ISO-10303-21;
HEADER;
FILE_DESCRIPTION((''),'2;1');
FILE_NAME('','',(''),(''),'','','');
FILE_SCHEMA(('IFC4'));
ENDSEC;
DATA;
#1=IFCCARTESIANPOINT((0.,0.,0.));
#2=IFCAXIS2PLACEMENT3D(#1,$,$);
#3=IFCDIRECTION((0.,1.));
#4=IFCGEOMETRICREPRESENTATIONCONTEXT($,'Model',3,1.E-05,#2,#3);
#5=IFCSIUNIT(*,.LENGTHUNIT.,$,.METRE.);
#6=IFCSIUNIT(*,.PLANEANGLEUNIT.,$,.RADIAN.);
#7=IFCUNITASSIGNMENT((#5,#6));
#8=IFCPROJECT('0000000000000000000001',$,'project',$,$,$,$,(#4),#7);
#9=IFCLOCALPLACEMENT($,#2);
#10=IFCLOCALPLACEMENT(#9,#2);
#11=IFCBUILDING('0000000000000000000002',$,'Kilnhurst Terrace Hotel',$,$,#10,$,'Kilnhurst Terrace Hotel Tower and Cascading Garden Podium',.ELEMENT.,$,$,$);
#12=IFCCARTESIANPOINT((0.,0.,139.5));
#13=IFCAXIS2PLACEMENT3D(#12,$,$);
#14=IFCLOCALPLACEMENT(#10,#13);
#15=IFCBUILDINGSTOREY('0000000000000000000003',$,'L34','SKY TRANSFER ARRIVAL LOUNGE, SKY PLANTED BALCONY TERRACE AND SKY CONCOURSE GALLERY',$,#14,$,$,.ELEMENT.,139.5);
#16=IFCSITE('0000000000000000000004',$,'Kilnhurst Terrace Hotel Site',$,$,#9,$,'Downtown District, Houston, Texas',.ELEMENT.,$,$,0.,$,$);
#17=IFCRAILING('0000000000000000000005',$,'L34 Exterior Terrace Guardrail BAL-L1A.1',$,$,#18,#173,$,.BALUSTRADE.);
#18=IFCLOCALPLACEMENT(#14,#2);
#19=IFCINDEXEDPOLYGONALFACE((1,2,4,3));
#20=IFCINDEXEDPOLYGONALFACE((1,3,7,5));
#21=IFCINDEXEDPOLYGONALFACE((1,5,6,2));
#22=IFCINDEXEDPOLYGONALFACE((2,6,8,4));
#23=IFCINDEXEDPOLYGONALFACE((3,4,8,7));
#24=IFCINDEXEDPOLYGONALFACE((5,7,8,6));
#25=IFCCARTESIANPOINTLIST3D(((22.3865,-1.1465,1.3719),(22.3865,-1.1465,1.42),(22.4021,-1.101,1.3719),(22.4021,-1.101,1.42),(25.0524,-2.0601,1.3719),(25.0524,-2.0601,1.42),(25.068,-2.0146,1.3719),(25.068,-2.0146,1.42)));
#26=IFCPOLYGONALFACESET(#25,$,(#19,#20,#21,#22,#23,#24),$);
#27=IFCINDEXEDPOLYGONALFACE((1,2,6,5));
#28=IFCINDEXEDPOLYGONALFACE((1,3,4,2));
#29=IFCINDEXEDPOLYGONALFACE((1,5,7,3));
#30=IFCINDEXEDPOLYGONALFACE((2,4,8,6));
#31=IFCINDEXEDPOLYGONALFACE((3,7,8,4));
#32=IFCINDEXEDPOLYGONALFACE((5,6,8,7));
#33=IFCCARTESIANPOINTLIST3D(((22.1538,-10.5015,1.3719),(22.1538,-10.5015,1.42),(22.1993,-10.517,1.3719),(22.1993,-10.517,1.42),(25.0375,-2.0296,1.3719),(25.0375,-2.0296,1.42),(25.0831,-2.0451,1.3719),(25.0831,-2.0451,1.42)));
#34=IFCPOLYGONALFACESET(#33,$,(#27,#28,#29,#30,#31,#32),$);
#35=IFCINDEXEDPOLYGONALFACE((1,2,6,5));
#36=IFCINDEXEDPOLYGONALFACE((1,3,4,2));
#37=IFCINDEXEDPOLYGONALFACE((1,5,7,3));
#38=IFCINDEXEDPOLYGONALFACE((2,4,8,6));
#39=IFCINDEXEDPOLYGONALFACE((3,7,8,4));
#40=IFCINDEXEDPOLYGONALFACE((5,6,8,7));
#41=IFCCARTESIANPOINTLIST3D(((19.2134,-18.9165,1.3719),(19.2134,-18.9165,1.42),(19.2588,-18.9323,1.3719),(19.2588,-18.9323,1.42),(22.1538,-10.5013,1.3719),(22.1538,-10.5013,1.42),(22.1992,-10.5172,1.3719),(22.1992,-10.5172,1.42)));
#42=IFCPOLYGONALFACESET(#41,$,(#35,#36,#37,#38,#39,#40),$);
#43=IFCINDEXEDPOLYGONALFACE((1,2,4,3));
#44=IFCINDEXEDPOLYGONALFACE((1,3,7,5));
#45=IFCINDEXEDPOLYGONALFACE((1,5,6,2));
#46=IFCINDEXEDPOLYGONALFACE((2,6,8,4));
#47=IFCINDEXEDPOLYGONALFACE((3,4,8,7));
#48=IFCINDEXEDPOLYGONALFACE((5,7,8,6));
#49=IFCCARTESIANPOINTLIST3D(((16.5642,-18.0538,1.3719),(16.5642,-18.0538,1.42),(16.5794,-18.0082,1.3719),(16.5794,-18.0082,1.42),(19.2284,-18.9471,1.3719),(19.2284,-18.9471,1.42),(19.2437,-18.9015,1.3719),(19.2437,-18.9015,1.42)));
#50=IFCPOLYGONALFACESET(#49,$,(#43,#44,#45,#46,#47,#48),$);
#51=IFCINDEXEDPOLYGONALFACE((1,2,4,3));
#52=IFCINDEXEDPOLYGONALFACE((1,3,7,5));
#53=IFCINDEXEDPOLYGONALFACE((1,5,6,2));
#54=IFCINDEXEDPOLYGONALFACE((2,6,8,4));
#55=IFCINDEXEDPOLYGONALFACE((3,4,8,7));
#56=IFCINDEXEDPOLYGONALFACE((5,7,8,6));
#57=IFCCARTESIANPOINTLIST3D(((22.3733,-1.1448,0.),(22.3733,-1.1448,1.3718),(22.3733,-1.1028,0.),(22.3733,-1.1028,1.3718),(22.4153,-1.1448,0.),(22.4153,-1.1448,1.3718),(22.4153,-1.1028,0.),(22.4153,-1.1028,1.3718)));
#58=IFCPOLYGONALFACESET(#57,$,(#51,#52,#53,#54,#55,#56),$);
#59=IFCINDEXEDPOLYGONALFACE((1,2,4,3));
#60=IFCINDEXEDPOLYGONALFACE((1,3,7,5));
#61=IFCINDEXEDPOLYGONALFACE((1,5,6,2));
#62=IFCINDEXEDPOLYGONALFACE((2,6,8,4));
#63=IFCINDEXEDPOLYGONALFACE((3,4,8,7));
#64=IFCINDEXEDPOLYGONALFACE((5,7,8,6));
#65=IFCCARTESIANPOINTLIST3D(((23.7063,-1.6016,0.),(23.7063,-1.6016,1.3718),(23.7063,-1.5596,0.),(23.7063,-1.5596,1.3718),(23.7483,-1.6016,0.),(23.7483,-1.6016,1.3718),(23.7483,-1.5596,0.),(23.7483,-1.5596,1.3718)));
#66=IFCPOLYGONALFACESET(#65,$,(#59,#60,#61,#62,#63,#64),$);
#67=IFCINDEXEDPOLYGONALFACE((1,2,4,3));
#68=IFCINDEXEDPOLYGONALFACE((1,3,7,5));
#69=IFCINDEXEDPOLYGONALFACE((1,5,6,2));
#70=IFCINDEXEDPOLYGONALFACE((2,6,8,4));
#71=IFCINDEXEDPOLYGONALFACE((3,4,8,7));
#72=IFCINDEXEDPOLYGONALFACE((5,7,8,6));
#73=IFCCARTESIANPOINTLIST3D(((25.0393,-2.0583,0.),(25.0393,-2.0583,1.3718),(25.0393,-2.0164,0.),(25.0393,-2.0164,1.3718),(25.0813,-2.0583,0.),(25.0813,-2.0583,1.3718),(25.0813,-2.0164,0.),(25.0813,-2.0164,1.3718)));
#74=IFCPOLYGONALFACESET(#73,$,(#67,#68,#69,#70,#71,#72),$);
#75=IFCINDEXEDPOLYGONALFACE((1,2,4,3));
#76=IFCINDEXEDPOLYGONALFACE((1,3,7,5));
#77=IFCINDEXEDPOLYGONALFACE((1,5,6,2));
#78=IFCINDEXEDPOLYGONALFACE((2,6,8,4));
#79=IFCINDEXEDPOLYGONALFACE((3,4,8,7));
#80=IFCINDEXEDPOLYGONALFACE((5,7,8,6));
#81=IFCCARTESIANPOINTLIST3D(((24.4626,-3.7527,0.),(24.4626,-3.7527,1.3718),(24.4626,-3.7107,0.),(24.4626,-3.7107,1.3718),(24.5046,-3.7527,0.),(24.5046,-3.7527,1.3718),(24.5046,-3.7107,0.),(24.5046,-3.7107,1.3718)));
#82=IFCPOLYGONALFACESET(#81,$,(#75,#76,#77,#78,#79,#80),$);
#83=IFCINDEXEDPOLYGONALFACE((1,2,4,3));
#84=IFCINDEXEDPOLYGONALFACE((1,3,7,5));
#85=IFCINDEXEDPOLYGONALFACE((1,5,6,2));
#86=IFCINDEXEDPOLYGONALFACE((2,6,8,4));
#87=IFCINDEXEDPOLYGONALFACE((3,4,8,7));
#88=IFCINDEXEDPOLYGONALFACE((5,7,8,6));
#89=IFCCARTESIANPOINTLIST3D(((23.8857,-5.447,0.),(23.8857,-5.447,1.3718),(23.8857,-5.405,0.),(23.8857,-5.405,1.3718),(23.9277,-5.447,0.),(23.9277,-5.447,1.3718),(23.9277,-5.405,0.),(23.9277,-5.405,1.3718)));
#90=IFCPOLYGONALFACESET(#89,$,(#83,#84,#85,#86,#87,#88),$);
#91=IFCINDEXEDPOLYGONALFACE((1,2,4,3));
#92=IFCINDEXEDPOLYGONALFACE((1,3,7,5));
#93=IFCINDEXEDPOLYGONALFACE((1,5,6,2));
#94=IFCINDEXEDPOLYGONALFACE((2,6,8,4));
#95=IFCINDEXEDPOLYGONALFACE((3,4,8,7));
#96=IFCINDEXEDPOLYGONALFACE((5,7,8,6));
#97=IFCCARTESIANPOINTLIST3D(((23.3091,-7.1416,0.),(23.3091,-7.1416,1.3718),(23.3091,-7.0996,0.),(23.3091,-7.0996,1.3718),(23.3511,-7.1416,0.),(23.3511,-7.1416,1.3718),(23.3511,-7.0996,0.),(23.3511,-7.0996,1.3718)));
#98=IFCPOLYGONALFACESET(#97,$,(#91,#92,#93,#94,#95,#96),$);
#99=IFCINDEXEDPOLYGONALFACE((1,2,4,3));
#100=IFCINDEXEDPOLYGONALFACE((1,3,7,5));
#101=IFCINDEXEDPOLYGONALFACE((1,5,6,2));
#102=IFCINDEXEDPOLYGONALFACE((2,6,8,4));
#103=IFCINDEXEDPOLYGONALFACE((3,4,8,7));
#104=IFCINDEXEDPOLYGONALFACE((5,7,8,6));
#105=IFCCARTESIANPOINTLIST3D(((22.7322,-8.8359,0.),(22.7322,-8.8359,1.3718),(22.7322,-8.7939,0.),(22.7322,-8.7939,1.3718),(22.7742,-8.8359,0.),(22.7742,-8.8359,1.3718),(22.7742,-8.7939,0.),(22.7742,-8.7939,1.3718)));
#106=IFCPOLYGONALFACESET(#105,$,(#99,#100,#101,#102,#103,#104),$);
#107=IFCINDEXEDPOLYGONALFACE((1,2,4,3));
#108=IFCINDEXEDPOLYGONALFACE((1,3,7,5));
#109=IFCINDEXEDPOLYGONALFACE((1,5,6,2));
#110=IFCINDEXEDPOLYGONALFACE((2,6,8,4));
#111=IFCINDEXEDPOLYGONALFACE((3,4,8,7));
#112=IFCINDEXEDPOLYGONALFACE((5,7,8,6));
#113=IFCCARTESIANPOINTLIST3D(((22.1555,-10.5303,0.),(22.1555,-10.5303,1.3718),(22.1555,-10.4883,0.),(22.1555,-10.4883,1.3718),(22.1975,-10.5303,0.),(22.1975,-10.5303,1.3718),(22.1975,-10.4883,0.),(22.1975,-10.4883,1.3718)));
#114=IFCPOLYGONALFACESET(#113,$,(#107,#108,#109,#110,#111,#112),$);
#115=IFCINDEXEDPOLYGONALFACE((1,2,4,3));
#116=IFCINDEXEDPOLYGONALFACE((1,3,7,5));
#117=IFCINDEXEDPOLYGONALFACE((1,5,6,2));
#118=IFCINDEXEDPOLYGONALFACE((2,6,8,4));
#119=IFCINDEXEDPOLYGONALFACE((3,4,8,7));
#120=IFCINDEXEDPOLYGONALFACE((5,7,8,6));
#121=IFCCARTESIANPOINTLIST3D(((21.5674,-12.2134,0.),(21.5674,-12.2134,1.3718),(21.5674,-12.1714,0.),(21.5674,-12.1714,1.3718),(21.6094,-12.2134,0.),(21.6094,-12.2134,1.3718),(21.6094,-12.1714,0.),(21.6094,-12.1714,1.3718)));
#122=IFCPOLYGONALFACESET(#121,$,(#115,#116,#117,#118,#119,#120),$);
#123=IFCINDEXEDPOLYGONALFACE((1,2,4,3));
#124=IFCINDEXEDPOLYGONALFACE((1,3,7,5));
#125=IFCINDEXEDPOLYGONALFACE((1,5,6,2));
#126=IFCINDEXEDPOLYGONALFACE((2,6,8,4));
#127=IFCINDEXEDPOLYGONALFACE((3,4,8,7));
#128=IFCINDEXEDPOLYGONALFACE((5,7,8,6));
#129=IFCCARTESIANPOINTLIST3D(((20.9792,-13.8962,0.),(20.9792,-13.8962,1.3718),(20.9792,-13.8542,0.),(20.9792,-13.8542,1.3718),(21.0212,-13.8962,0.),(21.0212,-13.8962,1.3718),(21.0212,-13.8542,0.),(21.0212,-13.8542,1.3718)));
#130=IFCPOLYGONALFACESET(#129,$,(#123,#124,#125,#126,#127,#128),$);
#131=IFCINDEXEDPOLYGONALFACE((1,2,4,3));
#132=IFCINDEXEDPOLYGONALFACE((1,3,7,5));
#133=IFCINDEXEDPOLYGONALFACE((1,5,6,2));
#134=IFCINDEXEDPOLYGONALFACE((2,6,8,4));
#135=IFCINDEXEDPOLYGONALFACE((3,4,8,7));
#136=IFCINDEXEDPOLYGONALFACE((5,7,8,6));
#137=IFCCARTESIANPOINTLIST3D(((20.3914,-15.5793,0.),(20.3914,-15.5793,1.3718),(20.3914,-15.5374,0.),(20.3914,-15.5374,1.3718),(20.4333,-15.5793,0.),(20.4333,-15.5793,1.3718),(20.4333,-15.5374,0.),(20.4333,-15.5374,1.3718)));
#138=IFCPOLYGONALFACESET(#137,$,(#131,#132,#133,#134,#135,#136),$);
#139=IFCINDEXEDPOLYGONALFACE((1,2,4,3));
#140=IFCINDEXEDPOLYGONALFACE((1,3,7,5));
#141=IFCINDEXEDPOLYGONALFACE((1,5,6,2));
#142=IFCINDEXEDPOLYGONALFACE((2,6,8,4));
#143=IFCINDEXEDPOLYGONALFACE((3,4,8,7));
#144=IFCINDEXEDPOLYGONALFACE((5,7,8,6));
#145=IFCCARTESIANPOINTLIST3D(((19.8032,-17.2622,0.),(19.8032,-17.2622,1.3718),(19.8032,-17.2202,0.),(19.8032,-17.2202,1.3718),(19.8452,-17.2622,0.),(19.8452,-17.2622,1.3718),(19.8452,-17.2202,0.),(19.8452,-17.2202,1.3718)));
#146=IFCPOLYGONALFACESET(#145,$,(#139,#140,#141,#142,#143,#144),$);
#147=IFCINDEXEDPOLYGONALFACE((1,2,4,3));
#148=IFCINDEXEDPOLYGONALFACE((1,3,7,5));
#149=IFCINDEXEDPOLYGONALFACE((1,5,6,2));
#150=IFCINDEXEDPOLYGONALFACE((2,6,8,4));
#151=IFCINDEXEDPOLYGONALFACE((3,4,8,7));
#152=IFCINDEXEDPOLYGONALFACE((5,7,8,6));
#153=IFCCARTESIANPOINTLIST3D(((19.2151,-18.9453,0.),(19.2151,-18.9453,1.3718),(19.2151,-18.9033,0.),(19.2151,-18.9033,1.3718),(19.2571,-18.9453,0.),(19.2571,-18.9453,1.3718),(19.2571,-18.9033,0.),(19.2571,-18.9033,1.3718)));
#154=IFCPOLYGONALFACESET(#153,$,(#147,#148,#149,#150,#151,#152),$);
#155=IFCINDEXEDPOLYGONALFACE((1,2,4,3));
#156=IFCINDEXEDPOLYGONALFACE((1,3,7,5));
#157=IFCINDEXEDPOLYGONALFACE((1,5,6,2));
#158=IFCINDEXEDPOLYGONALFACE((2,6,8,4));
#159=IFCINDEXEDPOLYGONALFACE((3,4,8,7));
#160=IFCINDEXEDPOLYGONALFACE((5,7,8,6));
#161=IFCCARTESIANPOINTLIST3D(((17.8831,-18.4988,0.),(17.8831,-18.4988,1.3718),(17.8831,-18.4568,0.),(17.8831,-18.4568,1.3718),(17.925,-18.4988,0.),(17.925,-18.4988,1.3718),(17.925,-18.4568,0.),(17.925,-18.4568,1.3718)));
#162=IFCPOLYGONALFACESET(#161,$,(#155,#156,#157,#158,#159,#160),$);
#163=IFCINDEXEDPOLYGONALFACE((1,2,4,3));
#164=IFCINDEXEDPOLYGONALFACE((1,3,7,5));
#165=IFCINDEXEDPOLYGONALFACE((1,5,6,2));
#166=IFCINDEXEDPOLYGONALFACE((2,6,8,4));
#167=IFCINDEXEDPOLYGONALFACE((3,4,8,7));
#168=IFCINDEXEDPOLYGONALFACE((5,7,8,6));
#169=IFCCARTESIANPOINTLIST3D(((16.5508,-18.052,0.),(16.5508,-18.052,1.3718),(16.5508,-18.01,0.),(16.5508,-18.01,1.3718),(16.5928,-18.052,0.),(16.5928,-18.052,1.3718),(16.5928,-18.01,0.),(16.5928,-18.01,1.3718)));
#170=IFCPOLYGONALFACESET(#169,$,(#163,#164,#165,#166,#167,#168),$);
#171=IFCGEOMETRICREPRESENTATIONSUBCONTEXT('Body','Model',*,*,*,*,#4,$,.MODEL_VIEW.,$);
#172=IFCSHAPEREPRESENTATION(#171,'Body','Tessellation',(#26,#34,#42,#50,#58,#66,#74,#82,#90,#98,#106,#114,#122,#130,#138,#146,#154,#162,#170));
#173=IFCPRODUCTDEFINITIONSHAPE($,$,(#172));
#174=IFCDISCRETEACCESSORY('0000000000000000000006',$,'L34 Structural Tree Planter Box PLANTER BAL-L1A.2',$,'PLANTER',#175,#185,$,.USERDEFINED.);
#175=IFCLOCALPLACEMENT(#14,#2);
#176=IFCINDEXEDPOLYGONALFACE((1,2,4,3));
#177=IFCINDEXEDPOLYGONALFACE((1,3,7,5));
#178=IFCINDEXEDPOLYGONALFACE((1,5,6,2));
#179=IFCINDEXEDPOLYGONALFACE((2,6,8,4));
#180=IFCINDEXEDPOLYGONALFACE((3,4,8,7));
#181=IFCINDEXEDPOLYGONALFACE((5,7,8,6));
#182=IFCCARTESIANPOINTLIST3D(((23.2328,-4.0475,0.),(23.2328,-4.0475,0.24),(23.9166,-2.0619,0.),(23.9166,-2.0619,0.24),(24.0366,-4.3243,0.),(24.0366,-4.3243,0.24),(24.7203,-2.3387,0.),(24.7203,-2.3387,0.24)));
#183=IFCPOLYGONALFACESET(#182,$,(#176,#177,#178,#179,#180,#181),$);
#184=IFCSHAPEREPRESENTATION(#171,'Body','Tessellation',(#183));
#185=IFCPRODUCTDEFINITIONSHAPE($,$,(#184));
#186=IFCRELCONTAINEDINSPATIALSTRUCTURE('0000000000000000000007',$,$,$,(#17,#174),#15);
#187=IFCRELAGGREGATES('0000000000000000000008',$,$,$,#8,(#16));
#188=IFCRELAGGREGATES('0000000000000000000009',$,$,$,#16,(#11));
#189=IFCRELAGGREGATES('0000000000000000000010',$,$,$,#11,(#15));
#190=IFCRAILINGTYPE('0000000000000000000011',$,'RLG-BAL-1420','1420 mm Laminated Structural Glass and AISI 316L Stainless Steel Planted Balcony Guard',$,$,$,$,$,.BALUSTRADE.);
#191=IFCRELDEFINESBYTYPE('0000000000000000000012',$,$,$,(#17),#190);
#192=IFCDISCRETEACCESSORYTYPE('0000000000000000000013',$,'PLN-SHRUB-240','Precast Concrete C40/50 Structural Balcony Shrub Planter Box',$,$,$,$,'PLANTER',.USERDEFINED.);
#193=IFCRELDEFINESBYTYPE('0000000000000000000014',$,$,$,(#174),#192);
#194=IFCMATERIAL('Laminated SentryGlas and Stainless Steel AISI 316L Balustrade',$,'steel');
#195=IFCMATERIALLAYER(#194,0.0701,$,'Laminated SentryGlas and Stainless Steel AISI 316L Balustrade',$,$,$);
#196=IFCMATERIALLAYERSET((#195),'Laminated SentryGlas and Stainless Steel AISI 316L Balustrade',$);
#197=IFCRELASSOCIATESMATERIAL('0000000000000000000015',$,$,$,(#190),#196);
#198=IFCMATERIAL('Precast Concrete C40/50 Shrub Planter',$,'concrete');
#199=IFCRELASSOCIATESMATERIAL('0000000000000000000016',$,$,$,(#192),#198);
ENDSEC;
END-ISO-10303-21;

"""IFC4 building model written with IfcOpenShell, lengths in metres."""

from ifc_helpers import new_model, si_unit, direction, frame, origin, origin_2d, place, context, subcontext, project, spatial, rectangle, extrude, material, layer, layer_set, type_object, element, save


model = new_model("IFC4")

# Units and contexts
model_context = context("Model", 3, precision=1e-05, world=origin(), true_north=direction((0.0, 1.0)))
body_context = subcontext(model_context, "Body", "Model", "MODEL_VIEW")
ifc_project = project(units=[si_unit("LENGTHUNIT", "METRE"), si_unit("PLANEANGLEUNIT", "RADIAN")], contexts=[model_context])

# Site, building, storey
site_placement = place(None, origin())
site = spatial("IfcSite", under=ifc_project, at=site_placement, Name="Kilnhurst Terrace Hotel Site", LongName="Downtown District, Houston, Texas", CompositionType="ELEMENT", RefElevation=0.0)
building_placement = place(site_placement, origin())
building = spatial("IfcBuilding", under=site, at=building_placement, Name="Kilnhurst Terrace Hotel", LongName="Kilnhurst Terrace Hotel Tower and Cascading Garden Podium", CompositionType="ELEMENT")
storey_placement = place(building_placement, frame((0.0, 0.0, 139.5)))
storey = spatial("IfcBuildingStorey", under=building, at=storey_placement, Name="L34", Description="SKY TRANSFER ARRIVAL LOUNGE, SKY PLANTED BALCONY TERRACE AND SKY CONCOURSE GALLERY", CompositionType="ELEMENT", Elevation=139.5)

# Railing
ifc_material_1 = material(Name="Laminated SentryGlas and Stainless Steel AISI 316L Balustrade", Category="steel")
ifc_layer_1 = layer(ifc_material_1, 0.0701, Name="Laminated SentryGlas and Stainless Steel AISI 316L Balustrade")
ifc_layer_set_1 = layer_set([ifc_layer_1], Name="Laminated SentryGlas and Stainless Steel AISI 316L Balustrade")
railing_type = type_object("IfcRailingType", Name="RLG-BAL-1420", Description="1420 mm Laminated Structural Glass and AISI 316L Stainless Steel Planted Balcony Guard", PredefinedType="BALUSTRADE", material=ifc_layer_set_1)
railing_placement = place(storey_placement, frame((22.3943, -1.1238, 0.0)))
element("IfcRailing", 1, at=railing_placement, inside=storey, type_object=railing_type, Name="L34 Exterior Terrace Guardrail BAL-L1A.1", PredefinedType="BALUSTRADE", context=body_context, shape_type="SweptSolid", body=[
    extrude(rectangle(XDim=0.0481, YDim=0.0481, at=origin_2d()), frame((0.0, 0.0, 1.396), z_axis=(0.945999, -0.324169, 0.0), x_axis=(0.324169, 0.945999, 0.0)), (0.0, 0.0, 1.0), 2.8181),
    extrude(rectangle(XDim=0.0481, YDim=0.0481, at=origin_2d()), frame((2.666, -0.9136, 1.396), z_axis=(-0.322237, -0.946659, 0.0), x_axis=(0.946659, -0.322237, 0.0)), (0.0, 0.0, 1.0), 8.9492),
    extrude(rectangle(XDim=0.0481, YDim=0.0481, at=origin_2d()), frame((-0.2178, -9.3855, 1.396), z_axis=(-0.329867, -0.944027, 0.0), x_axis=(0.944027, -0.329867, 0.0)), (0.0, 0.0, 1.0), 8.9141),
    extrude(rectangle(XDim=0.0481, YDim=0.0481, at=origin_2d()), frame((-3.1582, -17.8005, 1.396), z_axis=(-0.948126, 0.317895, 0.0), x_axis=(-0.317895, -0.948126, 0.0)), (0.0, 0.0, 1.0), 2.8101),
    extrude(rectangle(XDim=0.042, YDim=0.042, at=origin_2d()), origin(), (0.0, 0.0, 1.0), 1.3718),
    extrude(rectangle(XDim=0.042, YDim=0.042, at=origin_2d()), frame((1.333, -0.4568, 0.0)), (0.0, 0.0, 1.0), 1.3718),
    extrude(rectangle(XDim=0.042, YDim=0.042, at=origin_2d()), frame((2.666, -0.9136, 0.0)), (0.0, 0.0, 1.0), 1.3718),
    extrude(rectangle(XDim=0.042, YDim=0.042, at=origin_2d()), frame((2.0894, -2.6079, 0.0)), (0.0, 0.0, 1.0), 1.3718),
    extrude(rectangle(XDim=0.042, YDim=0.042, at=origin_2d()), frame((1.5125, -4.3022, 0.0)), (0.0, 0.0, 1.0), 1.3718),
    extrude(rectangle(XDim=0.042, YDim=0.042, at=origin_2d()), frame((0.9358, -5.9968, 0.0)), (0.0, 0.0, 1.0), 1.3718),
    extrude(rectangle(XDim=0.042, YDim=0.042, at=origin_2d()), frame((0.3589, -7.6912, 0.0)), (0.0, 0.0, 1.0), 1.3718),
    extrude(rectangle(XDim=0.042, YDim=0.042, at=origin_2d()), frame((-0.2178, -9.3855, 0.0)), (0.0, 0.0, 1.0), 1.3718),
    extrude(rectangle(XDim=0.042, YDim=0.042, at=origin_2d()), frame((-0.8059, -11.0686, 0.0)), (0.0, 0.0, 1.0), 1.3718),
    extrude(rectangle(XDim=0.042, YDim=0.042, at=origin_2d()), frame((-1.394, -12.7515, 0.0)), (0.0, 0.0, 1.0), 1.3718),
    extrude(rectangle(XDim=0.042, YDim=0.042, at=origin_2d()), frame((-1.9819, -14.4346, 0.0)), (0.0, 0.0, 1.0), 1.3718),
    extrude(rectangle(XDim=0.042, YDim=0.042, at=origin_2d()), frame((-2.5701, -16.1174, 0.0)), (0.0, 0.0, 1.0), 1.3718),
    extrude(rectangle(XDim=0.042, YDim=0.042, at=origin_2d()), frame((-3.1582, -17.8005, 0.0)), (0.0, 0.0, 1.0), 1.3718),
    extrude(rectangle(XDim=0.042, YDim=0.042, at=origin_2d()), frame((-4.4902, -17.354, 0.0)), (0.0, 0.0, 1.0), 1.3718),
    extrude(rectangle(XDim=0.042, YDim=0.042, at=origin_2d()), frame((-5.8225, -16.9072, 0.0)), (0.0, 0.0, 1.0), 1.3718),
])

# Discrete accessory
ifc_material_2 = material(Name="Precast Concrete C40/50 Shrub Planter", Category="concrete")
discrete_accessory_type = type_object("IfcDiscreteAccessoryType", Name="PLN-SHRUB-240", Description="Precast Concrete C40/50 Structural Balcony Shrub Planter Box", ElementType="PLANTER", PredefinedType="USERDEFINED", material=ifc_material_2)
discrete_accessory_placement = place(storey_placement, frame((23.9766, -3.1931, 0.0), z_axis=(0.0, 0.0, 1.0), x_axis=(0.325601, 0.945507, 0.0)))
element("IfcDiscreteAccessory", 2, at=discrete_accessory_placement, inside=storey, type_object=discrete_accessory_type, Name="L34 Structural Tree Planter Box PLANTER BAL-L1A.2", ObjectType="PLANTER", PredefinedType="USERDEFINED", context=body_context, shape_type="SweptSolid", body=[
    extrude(rectangle(XDim=2.1001, YDim=0.8501, at=origin_2d()), origin(), (0.0, 0.0, 1.0), 0.24),
])

save(model, "model.ifc")
